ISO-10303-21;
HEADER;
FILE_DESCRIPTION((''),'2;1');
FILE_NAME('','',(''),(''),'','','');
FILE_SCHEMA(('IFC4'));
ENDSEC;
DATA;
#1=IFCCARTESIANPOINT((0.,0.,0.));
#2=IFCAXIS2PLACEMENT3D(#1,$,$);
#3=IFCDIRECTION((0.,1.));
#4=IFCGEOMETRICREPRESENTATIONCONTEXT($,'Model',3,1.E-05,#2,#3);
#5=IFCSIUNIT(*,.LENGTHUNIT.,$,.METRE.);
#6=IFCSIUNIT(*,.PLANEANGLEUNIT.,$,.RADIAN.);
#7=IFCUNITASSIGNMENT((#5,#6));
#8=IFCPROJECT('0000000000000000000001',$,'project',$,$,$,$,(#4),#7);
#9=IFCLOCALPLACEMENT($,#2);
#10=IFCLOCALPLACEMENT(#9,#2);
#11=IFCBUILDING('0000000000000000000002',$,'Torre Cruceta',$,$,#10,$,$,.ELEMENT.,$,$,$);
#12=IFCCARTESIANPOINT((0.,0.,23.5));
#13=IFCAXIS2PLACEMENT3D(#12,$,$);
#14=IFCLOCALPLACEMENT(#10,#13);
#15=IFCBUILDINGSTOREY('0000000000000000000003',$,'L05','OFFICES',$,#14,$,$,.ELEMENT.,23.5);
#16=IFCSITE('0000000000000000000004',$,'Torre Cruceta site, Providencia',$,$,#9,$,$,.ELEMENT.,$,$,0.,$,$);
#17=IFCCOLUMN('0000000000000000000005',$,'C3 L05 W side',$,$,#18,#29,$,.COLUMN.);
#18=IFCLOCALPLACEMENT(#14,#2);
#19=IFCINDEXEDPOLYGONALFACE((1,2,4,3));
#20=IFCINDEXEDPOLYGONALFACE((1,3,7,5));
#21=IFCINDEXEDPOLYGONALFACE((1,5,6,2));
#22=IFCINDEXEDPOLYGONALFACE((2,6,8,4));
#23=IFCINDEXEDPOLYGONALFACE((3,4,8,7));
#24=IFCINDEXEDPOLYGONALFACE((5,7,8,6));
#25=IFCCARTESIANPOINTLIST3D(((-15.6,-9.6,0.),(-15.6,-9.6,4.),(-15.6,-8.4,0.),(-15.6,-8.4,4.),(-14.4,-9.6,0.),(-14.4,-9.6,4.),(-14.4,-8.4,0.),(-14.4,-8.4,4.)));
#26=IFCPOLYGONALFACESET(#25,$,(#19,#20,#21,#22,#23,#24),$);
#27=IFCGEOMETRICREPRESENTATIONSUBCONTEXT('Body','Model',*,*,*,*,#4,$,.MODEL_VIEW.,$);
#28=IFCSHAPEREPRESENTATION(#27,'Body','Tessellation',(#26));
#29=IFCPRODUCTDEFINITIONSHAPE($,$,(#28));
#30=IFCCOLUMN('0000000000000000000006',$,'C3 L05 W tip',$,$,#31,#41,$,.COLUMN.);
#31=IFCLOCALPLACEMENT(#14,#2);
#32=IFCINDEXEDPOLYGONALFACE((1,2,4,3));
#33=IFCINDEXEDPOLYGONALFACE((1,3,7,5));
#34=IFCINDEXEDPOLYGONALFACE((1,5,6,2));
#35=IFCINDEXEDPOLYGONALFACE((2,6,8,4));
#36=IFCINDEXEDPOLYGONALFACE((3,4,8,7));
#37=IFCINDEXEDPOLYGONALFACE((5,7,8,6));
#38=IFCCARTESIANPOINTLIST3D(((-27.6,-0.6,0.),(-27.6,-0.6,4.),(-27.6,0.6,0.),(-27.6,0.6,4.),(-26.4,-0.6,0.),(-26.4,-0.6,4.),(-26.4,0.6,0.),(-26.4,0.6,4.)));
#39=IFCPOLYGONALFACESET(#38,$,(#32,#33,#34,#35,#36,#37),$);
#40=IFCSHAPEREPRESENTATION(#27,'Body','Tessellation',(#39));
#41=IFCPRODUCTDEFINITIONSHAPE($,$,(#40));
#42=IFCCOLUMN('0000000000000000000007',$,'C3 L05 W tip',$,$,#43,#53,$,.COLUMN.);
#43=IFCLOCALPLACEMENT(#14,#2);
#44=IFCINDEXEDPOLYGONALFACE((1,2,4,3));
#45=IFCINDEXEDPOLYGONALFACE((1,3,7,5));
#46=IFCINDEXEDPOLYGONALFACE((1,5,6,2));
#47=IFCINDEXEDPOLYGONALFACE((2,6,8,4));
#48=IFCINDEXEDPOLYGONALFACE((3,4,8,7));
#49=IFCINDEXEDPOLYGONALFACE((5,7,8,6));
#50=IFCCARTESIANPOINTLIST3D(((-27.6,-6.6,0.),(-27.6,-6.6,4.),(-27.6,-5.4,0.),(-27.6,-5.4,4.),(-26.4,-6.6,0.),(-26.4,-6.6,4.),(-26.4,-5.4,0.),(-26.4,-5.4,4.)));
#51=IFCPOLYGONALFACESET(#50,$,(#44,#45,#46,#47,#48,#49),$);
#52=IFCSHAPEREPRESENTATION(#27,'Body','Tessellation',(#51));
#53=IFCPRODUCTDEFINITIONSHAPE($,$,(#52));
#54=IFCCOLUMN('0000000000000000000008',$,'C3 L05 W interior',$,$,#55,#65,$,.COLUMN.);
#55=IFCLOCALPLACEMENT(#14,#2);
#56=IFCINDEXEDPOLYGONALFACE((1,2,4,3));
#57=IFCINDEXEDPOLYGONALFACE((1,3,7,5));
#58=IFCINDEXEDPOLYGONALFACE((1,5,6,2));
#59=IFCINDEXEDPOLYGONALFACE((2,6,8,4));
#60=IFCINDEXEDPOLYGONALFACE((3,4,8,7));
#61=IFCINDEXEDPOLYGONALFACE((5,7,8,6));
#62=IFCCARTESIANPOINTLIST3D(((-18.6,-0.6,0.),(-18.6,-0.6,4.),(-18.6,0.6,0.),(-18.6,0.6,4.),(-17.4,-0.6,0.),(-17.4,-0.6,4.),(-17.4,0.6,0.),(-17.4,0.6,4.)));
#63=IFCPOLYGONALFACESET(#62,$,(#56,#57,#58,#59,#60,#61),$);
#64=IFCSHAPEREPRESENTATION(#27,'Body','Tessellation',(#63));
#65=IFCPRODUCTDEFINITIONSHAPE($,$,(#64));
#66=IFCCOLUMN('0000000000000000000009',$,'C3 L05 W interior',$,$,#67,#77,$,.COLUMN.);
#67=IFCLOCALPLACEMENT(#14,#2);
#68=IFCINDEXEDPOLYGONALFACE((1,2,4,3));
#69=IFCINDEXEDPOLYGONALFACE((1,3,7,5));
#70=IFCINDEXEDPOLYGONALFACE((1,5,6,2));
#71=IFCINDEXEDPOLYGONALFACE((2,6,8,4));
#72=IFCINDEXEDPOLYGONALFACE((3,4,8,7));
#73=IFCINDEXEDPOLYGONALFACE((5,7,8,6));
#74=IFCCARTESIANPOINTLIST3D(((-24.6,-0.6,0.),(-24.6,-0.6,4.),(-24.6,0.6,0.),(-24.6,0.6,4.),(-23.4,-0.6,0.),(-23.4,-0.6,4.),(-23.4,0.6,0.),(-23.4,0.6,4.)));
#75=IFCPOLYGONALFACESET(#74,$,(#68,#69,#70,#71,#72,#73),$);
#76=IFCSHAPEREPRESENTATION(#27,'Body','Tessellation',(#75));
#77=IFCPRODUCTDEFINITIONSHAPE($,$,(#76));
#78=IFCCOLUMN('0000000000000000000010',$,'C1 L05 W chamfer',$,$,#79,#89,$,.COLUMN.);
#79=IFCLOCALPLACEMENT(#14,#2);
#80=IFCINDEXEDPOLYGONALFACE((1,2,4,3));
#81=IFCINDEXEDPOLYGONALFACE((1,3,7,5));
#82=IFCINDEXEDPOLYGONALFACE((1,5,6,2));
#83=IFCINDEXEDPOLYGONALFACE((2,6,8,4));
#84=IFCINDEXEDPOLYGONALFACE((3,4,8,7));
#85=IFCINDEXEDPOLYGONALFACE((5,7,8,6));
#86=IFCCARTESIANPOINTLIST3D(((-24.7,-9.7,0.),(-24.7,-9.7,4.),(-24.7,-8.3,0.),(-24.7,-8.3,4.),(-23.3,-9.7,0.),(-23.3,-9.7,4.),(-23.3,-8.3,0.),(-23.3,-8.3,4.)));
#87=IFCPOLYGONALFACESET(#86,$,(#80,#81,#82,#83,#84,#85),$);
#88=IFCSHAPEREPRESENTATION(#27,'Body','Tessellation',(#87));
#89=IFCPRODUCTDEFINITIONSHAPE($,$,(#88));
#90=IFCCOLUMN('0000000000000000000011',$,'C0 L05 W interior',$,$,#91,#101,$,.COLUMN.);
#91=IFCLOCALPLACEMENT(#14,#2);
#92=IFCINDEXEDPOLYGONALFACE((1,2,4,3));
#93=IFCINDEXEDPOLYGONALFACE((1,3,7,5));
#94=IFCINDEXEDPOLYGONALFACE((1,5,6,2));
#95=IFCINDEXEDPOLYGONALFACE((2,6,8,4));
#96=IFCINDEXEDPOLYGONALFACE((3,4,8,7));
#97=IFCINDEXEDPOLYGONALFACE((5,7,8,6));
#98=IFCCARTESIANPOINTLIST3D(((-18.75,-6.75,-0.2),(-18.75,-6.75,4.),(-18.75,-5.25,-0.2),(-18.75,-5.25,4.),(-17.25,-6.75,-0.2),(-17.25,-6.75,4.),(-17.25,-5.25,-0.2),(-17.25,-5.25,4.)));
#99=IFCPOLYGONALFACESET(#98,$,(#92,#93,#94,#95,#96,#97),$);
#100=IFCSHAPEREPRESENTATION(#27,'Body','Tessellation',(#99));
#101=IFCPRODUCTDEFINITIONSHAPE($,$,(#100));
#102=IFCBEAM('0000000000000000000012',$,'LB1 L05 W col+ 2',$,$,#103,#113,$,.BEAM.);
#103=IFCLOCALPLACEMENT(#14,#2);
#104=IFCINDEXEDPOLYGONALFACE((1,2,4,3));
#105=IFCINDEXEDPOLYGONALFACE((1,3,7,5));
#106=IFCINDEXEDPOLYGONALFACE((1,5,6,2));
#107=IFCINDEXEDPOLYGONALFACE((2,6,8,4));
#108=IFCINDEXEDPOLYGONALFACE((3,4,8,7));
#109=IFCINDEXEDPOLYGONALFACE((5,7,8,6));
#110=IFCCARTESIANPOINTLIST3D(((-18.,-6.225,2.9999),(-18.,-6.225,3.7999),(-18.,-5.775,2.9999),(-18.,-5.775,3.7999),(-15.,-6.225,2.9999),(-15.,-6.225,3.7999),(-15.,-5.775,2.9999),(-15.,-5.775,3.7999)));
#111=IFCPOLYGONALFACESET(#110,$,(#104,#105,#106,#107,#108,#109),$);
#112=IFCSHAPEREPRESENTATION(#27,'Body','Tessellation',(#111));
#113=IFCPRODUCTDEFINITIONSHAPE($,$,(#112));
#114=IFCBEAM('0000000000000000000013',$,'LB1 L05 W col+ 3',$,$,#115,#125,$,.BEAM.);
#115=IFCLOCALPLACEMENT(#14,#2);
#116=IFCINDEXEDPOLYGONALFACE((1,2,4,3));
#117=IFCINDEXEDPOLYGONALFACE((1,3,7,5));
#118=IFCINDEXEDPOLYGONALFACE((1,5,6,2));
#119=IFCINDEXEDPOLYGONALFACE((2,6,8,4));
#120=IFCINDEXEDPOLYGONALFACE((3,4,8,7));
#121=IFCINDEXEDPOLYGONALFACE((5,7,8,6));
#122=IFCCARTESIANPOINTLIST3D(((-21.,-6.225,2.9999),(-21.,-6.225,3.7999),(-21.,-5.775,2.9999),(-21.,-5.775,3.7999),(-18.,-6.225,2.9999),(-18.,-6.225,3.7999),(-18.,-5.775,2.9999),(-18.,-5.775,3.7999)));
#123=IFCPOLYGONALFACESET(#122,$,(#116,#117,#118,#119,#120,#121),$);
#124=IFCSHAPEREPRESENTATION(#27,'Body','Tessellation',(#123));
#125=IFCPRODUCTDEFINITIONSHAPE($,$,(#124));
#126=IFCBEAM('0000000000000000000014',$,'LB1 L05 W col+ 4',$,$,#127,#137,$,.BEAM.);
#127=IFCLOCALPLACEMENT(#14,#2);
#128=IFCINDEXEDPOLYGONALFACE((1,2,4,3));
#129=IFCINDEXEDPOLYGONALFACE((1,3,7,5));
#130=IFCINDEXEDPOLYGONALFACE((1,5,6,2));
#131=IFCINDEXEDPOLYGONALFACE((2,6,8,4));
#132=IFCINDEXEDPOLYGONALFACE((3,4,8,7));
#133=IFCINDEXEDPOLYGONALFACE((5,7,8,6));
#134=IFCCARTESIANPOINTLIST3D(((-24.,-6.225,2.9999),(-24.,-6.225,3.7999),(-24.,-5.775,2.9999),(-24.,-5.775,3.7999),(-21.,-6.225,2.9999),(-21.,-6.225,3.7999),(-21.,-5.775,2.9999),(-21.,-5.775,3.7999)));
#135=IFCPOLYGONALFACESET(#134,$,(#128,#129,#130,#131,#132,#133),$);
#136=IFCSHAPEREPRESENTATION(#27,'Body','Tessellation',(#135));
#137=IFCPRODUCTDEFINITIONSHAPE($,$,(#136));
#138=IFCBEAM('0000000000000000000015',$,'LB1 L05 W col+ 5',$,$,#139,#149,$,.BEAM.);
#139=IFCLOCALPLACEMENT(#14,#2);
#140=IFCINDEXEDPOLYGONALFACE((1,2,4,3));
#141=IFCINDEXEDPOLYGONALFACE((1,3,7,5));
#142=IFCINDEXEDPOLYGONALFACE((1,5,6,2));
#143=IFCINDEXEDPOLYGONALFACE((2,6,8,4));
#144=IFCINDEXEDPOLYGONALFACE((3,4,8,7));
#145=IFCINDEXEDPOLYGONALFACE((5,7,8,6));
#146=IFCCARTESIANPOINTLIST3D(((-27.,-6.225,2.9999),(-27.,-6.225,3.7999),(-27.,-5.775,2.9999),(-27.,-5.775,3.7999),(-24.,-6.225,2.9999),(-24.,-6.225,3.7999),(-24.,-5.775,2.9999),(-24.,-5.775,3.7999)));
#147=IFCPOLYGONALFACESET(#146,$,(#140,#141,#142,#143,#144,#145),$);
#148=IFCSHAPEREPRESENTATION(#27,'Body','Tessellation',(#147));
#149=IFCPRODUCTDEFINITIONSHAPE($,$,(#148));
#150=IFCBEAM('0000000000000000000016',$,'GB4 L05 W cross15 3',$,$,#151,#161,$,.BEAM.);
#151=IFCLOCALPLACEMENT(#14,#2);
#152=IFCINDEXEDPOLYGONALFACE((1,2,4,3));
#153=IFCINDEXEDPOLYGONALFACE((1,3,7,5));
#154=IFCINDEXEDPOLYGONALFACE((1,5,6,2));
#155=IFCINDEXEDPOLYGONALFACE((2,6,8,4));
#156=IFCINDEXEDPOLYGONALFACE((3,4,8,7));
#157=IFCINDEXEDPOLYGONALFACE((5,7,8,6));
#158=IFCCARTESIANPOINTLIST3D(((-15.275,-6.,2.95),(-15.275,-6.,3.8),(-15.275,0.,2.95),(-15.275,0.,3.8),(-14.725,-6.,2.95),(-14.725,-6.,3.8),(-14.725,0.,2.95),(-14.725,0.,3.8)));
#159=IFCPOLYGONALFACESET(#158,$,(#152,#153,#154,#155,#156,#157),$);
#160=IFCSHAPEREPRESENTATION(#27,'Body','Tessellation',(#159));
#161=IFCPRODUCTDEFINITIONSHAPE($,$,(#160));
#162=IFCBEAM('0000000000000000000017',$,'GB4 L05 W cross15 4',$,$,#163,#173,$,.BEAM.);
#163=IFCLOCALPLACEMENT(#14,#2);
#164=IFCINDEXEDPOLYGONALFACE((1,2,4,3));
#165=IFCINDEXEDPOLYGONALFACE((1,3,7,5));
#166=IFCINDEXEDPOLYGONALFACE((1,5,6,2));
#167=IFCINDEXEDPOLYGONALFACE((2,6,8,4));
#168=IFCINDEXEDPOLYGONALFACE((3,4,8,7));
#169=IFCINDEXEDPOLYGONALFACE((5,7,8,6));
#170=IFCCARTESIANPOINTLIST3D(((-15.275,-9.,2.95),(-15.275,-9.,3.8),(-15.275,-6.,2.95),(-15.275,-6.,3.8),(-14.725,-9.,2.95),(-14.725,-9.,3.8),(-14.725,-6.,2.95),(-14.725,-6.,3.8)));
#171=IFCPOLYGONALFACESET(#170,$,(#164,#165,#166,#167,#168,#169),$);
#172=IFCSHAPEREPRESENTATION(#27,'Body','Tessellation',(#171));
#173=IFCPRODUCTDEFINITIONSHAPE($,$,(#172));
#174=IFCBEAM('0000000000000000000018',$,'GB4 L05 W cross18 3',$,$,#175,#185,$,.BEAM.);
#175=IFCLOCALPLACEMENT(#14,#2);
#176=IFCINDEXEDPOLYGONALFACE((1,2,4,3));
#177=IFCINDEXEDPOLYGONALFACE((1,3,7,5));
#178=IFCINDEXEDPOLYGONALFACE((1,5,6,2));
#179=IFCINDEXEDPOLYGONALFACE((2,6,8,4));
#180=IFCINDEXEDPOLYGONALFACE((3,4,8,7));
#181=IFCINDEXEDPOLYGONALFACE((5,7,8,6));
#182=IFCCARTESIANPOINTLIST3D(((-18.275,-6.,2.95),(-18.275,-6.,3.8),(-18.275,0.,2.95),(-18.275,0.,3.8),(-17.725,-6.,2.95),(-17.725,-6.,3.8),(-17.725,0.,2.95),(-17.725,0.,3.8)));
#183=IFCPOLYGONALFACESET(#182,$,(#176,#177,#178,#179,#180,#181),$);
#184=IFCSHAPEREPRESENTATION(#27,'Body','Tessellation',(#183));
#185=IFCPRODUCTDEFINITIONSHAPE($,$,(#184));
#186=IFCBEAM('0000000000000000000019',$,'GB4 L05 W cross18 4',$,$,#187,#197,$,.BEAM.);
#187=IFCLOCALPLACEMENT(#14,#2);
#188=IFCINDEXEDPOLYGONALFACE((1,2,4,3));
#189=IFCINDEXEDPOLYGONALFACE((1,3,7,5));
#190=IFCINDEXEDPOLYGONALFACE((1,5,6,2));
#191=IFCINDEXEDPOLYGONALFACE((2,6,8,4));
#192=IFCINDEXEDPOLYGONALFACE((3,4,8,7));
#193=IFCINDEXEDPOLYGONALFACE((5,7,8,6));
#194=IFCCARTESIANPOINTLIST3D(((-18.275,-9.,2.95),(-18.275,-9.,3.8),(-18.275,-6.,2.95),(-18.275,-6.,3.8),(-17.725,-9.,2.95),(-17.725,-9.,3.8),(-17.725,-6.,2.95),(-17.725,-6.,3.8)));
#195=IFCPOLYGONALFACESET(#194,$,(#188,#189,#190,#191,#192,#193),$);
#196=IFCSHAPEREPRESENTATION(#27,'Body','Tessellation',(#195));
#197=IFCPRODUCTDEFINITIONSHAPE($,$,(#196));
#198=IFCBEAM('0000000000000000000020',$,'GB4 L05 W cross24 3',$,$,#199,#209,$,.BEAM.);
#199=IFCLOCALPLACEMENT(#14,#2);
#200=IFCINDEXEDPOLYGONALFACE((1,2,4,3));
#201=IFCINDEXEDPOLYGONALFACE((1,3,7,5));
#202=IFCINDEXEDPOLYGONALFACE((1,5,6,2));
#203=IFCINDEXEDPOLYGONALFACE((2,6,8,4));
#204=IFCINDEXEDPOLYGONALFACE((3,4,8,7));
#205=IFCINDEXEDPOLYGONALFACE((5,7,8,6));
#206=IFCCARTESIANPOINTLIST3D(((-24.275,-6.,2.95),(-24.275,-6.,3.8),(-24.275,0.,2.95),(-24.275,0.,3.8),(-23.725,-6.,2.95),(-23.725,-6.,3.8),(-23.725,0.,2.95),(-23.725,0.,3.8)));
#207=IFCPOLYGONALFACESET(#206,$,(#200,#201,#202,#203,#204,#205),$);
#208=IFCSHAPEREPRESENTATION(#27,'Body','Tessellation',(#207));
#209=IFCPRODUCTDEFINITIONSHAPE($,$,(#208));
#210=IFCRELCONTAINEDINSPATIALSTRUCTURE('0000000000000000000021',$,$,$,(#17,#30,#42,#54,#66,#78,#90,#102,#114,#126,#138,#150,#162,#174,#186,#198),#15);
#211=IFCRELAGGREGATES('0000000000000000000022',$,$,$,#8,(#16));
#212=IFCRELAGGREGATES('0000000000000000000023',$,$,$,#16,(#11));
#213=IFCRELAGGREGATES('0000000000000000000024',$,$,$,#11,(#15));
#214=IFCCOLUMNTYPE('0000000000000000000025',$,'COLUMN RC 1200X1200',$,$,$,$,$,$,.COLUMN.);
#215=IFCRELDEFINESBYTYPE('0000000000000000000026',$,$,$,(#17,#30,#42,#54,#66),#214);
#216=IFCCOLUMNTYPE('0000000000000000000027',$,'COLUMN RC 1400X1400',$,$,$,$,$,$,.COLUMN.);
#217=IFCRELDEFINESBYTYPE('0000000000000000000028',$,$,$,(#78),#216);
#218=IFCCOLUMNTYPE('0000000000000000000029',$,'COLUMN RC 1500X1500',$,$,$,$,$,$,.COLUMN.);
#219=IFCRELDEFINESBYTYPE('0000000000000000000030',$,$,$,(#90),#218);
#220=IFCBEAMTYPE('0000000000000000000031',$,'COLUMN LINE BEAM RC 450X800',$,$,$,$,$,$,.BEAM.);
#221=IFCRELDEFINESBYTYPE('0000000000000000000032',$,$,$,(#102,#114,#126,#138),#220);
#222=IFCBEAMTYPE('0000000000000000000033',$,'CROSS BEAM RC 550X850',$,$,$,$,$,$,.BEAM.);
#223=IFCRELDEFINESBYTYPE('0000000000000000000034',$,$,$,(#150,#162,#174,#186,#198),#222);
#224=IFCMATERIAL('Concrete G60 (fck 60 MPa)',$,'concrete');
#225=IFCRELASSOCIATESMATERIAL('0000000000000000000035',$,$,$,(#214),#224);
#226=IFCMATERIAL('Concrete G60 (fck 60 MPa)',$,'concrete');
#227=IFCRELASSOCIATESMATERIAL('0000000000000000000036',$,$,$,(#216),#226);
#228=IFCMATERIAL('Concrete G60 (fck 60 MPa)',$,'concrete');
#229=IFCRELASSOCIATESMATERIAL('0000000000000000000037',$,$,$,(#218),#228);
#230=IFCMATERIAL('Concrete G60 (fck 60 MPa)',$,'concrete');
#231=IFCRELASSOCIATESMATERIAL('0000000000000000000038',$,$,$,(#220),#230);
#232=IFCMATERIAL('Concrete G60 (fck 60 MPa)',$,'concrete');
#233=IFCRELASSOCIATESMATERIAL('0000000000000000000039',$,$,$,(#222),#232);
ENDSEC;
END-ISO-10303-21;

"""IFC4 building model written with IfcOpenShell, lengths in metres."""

from ifc_helpers import new_model, si_unit, direction, frame, origin, origin_2d, place, context, subcontext, project, spatial, rectangle, extrude, material, material_profile, profile_set, type_object, element, save


model = new_model("IFC4")

# Units and contexts
model_context = context("Model", 3, precision=1e-05, world=origin(), true_north=direction((0.0, 1.0)))
body_context = subcontext(model_context, "Body", "Model", "MODEL_VIEW")
ifc_project = project(units=[si_unit("LENGTHUNIT", "METRE"), si_unit("PLANEANGLEUNIT", "RADIAN")], contexts=[model_context])

# Site, building, storey
site_placement = place(None, origin())
site = spatial("IfcSite", under=ifc_project, at=site_placement, Name="Torre Cruceta site, Providencia", CompositionType="ELEMENT", RefElevation=0.0)
building_placement = place(site_placement, origin())
building = spatial("IfcBuilding", under=site, at=building_placement, Name="Torre Cruceta", CompositionType="ELEMENT")
storey_placement = place(building_placement, frame((0.0, 0.0, 23.5)))
storey = spatial("IfcBuildingStorey", under=building, at=storey_placement, Name="L05", Description="OFFICES", CompositionType="ELEMENT", Elevation=23.5)

# Columns
ifc_material_1 = material(Name="Concrete G60 (fck 60 MPa)", Category="concrete")
ifc_material_profile_1 = material_profile(ifc_material_1, rectangle(XDim=1.2, YDim=1.2, at=origin_2d()), Name="RC 1200X1200")
ifc_profile_set_1 = profile_set([ifc_material_profile_1], Name="Concrete G60 (fck 60 MPa)")
column_type_1 = type_object("IfcColumnType", Name="COLUMN RC 1200X1200", PredefinedType="COLUMN", material=ifc_profile_set_1)
for number, where, z_axis, x_axis, name in (
    (1, (-15.0, -9.0, 0.0), (0.0, 0.0, 1.0), (1.0, 0.0, 0.0), "C3 L05 W side"),
    (2, (-27.0, 0.0, 0.0), (0.0, 0.0, 1.0), (1.0, 0.0, 0.0), "C3 L05 W tip"),
    (3, (-27.0, -6.0, 0.0), (0.0, 0.0, 1.0), (1.0, 0.0, 0.0), "C3 L05 W tip"),
    (4, (-18.0, 0.0, 0.0), (0.0, 0.0, 1.0), (1.0, 0.0, 0.0), "C3 L05 W interior"),
    (5, (-24.0, 0.0, 0.0), (0.0, 0.0, 1.0), (1.0, 0.0, 0.0), "C3 L05 W interior"),
):
    element("IfcColumn", number, at=place(storey_placement, frame(where, z_axis=z_axis, x_axis=x_axis)), inside=storey, type_object=column_type_1, Name=name, PredefinedType="COLUMN", context=body_context, shape_type="SweptSolid", body=[
        extrude(rectangle(XDim=1.2, YDim=1.2, at=origin_2d()), origin(), (0.0, 0.0, 1.0), 4.0),
    ])
ifc_material_2 = material(Name="Concrete G60 (fck 60 MPa)", Category="concrete")
ifc_material_profile_2 = material_profile(ifc_material_2, rectangle(XDim=1.3999, YDim=1.3999, at=origin_2d()), Name="RC 1400X1400")
ifc_profile_set_2 = profile_set([ifc_material_profile_2], Name="Concrete G60 (fck 60 MPa)")
column_type_2 = type_object("IfcColumnType", Name="COLUMN RC 1400X1400", PredefinedType="COLUMN", material=ifc_profile_set_2)
column_1_placement = place(storey_placement, frame((-24.0, -9.0, 0.0), z_axis=(0.0, 0.0, 1.0), x_axis=(1.0, 0.0, 0.0)))
element("IfcColumn", 6, at=column_1_placement, inside=storey, type_object=column_type_2, Name="C1 L05 W chamfer", PredefinedType="COLUMN", context=body_context, shape_type="SweptSolid", body=[
    extrude(rectangle(XDim=1.3999, YDim=1.3999, at=origin_2d()), origin(), (0.0, 0.0, 1.0), 4.0),
])
ifc_material_3 = material(Name="Concrete G60 (fck 60 MPa)", Category="concrete")
ifc_material_profile_3 = material_profile(ifc_material_3, rectangle(XDim=1.5, YDim=1.5, at=origin_2d()), Name="RC 1500X1500")
ifc_profile_set_3 = profile_set([ifc_material_profile_3], Name="Concrete G60 (fck 60 MPa)")
column_type_3 = type_object("IfcColumnType", Name="COLUMN RC 1500X1500", PredefinedType="COLUMN", material=ifc_profile_set_3)
column_2_placement = place(storey_placement, frame((-18.0, -6.0, -0.2), z_axis=(0.0, 0.0, 1.0), x_axis=(1.0, 0.0, 0.0)))
element("IfcColumn", 7, at=column_2_placement, inside=storey, type_object=column_type_3, Name="C0 L05 W interior", PredefinedType="COLUMN", context=body_context, shape_type="SweptSolid", body=[
    extrude(rectangle(XDim=1.5, YDim=1.5, at=origin_2d()), origin(), (0.0, 0.0, 1.0), 4.2),
])

# Beams
ifc_material_4 = material(Name="Concrete G60 (fck 60 MPa)", Category="concrete")
ifc_material_profile_4 = material_profile(ifc_material_4, rectangle(XDim=0.45, YDim=0.8, at=origin_2d()), Name="RC 450X800")
ifc_profile_set_4 = profile_set([ifc_material_profile_4], Name="Concrete G60 (fck 60 MPa)")
beam_type_1 = type_object("IfcBeamType", Name="COLUMN LINE BEAM RC 450X800", PredefinedType="BEAM", material=ifc_profile_set_4)
for number, where, z_axis, x_axis, name in (
    (8, (-15.0, -6.0, 3.3999), (-1.0, 0.0, 0.0), (0.0, -1.0, 0.0), "LB1 L05 W col+ 2"),
    (9, (-18.0, -6.0, 3.3999), (-1.0, 0.0, 0.0), (0.0, -1.0, 0.0), "LB1 L05 W col+ 3"),
    (10, (-21.0, -6.0, 3.3999), (-1.0, 0.0, 0.0), (0.0, -1.0, 0.0), "LB1 L05 W col+ 4"),
    (11, (-24.0, -6.0, 3.3999), (-1.0, 0.0, 0.0), (0.0, -1.0, 0.0), "LB1 L05 W col+ 5"),
):
    element("IfcBeam", number, at=place(storey_placement, frame(where, z_axis=z_axis, x_axis=x_axis)), inside=storey, type_object=beam_type_1, Name=name, PredefinedType="BEAM", context=body_context, shape_type="SweptSolid", body=[
        extrude(rectangle(XDim=0.45, YDim=0.8, at=origin_2d()), origin(), (0.0, 0.0, 1.0), 3.0),
    ])
ifc_material_5 = material(Name="Concrete G60 (fck 60 MPa)", Category="concrete")
ifc_material_profile_5 = material_profile(ifc_material_5, rectangle(XDim=0.55, YDim=0.8501, at=origin_2d()), Name="RC 550X850")
ifc_profile_set_5 = profile_set([ifc_material_profile_5], Name="Concrete G60 (fck 60 MPa)")
beam_type_2 = type_object("IfcBeamType", Name="CROSS BEAM RC 550X850", PredefinedType="BEAM", material=ifc_profile_set_5)
beam_1_placement = place(storey_placement, frame((-15.0, 0.0, 3.375), z_axis=(0.0, -1.0, 0.0), x_axis=(1.0, 0.0, 0.0)))
element("IfcBeam", 12, at=beam_1_placement, inside=storey, type_object=beam_type_2, Name="GB4 L05 W cross15 3", PredefinedType="BEAM", context=body_context, shape_type="SweptSolid", body=[
    extrude(rectangle(XDim=0.55, YDim=0.8501, at=origin_2d()), origin(), (0.0, 0.0, 1.0), 6.0),
])
beam_2_placement = place(storey_placement, frame((-15.0, -6.0, 3.375), z_axis=(0.0, -1.0, 0.0), x_axis=(1.0, 0.0, 0.0)))
element("IfcBeam", 13, at=beam_2_placement, inside=storey, type_object=beam_type_2, Name="GB4 L05 W cross15 4", PredefinedType="BEAM", context=body_context, shape_type="SweptSolid", body=[
    extrude(rectangle(XDim=0.55, YDim=0.8501, at=origin_2d()), origin(), (0.0, 0.0, 1.0), 3.0),
])
beam_3_placement = place(storey_placement, frame((-18.0, 0.0, 3.375), z_axis=(0.0, -1.0, 0.0), x_axis=(1.0, 0.0, 0.0)))
element("IfcBeam", 14, at=beam_3_placement, inside=storey, type_object=beam_type_2, Name="GB4 L05 W cross18 3", PredefinedType="BEAM", context=body_context, shape_type="SweptSolid", body=[
    extrude(rectangle(XDim=0.55, YDim=0.8501, at=origin_2d()), origin(), (0.0, 0.0, 1.0), 6.0),
])
beam_4_placement = place(storey_placement, frame((-18.0, -6.0, 3.375), z_axis=(0.0, -1.0, 0.0), x_axis=(1.0, 0.0, 0.0)))
element("IfcBeam", 15, at=beam_4_placement, inside=storey, type_object=beam_type_2, Name="GB4 L05 W cross18 4", PredefinedType="BEAM", context=body_context, shape_type="SweptSolid", body=[
    extrude(rectangle(XDim=0.55, YDim=0.8501, at=origin_2d()), origin(), (0.0, 0.0, 1.0), 3.0),
])
beam_5_placement = place(storey_placement, frame((-24.0, 0.0, 3.375), z_axis=(0.0, -1.0, 0.0), x_axis=(1.0, 0.0, 0.0)))
element("IfcBeam", 16, at=beam_5_placement, inside=storey, type_object=beam_type_2, Name="GB4 L05 W cross24 3", PredefinedType="BEAM", context=body_context, shape_type="SweptSolid", body=[
    extrude(rectangle(XDim=0.55, YDim=0.8501, at=origin_2d()), origin(), (0.0, 0.0, 1.0), 6.0),
])

save(model, "model.ifc")
